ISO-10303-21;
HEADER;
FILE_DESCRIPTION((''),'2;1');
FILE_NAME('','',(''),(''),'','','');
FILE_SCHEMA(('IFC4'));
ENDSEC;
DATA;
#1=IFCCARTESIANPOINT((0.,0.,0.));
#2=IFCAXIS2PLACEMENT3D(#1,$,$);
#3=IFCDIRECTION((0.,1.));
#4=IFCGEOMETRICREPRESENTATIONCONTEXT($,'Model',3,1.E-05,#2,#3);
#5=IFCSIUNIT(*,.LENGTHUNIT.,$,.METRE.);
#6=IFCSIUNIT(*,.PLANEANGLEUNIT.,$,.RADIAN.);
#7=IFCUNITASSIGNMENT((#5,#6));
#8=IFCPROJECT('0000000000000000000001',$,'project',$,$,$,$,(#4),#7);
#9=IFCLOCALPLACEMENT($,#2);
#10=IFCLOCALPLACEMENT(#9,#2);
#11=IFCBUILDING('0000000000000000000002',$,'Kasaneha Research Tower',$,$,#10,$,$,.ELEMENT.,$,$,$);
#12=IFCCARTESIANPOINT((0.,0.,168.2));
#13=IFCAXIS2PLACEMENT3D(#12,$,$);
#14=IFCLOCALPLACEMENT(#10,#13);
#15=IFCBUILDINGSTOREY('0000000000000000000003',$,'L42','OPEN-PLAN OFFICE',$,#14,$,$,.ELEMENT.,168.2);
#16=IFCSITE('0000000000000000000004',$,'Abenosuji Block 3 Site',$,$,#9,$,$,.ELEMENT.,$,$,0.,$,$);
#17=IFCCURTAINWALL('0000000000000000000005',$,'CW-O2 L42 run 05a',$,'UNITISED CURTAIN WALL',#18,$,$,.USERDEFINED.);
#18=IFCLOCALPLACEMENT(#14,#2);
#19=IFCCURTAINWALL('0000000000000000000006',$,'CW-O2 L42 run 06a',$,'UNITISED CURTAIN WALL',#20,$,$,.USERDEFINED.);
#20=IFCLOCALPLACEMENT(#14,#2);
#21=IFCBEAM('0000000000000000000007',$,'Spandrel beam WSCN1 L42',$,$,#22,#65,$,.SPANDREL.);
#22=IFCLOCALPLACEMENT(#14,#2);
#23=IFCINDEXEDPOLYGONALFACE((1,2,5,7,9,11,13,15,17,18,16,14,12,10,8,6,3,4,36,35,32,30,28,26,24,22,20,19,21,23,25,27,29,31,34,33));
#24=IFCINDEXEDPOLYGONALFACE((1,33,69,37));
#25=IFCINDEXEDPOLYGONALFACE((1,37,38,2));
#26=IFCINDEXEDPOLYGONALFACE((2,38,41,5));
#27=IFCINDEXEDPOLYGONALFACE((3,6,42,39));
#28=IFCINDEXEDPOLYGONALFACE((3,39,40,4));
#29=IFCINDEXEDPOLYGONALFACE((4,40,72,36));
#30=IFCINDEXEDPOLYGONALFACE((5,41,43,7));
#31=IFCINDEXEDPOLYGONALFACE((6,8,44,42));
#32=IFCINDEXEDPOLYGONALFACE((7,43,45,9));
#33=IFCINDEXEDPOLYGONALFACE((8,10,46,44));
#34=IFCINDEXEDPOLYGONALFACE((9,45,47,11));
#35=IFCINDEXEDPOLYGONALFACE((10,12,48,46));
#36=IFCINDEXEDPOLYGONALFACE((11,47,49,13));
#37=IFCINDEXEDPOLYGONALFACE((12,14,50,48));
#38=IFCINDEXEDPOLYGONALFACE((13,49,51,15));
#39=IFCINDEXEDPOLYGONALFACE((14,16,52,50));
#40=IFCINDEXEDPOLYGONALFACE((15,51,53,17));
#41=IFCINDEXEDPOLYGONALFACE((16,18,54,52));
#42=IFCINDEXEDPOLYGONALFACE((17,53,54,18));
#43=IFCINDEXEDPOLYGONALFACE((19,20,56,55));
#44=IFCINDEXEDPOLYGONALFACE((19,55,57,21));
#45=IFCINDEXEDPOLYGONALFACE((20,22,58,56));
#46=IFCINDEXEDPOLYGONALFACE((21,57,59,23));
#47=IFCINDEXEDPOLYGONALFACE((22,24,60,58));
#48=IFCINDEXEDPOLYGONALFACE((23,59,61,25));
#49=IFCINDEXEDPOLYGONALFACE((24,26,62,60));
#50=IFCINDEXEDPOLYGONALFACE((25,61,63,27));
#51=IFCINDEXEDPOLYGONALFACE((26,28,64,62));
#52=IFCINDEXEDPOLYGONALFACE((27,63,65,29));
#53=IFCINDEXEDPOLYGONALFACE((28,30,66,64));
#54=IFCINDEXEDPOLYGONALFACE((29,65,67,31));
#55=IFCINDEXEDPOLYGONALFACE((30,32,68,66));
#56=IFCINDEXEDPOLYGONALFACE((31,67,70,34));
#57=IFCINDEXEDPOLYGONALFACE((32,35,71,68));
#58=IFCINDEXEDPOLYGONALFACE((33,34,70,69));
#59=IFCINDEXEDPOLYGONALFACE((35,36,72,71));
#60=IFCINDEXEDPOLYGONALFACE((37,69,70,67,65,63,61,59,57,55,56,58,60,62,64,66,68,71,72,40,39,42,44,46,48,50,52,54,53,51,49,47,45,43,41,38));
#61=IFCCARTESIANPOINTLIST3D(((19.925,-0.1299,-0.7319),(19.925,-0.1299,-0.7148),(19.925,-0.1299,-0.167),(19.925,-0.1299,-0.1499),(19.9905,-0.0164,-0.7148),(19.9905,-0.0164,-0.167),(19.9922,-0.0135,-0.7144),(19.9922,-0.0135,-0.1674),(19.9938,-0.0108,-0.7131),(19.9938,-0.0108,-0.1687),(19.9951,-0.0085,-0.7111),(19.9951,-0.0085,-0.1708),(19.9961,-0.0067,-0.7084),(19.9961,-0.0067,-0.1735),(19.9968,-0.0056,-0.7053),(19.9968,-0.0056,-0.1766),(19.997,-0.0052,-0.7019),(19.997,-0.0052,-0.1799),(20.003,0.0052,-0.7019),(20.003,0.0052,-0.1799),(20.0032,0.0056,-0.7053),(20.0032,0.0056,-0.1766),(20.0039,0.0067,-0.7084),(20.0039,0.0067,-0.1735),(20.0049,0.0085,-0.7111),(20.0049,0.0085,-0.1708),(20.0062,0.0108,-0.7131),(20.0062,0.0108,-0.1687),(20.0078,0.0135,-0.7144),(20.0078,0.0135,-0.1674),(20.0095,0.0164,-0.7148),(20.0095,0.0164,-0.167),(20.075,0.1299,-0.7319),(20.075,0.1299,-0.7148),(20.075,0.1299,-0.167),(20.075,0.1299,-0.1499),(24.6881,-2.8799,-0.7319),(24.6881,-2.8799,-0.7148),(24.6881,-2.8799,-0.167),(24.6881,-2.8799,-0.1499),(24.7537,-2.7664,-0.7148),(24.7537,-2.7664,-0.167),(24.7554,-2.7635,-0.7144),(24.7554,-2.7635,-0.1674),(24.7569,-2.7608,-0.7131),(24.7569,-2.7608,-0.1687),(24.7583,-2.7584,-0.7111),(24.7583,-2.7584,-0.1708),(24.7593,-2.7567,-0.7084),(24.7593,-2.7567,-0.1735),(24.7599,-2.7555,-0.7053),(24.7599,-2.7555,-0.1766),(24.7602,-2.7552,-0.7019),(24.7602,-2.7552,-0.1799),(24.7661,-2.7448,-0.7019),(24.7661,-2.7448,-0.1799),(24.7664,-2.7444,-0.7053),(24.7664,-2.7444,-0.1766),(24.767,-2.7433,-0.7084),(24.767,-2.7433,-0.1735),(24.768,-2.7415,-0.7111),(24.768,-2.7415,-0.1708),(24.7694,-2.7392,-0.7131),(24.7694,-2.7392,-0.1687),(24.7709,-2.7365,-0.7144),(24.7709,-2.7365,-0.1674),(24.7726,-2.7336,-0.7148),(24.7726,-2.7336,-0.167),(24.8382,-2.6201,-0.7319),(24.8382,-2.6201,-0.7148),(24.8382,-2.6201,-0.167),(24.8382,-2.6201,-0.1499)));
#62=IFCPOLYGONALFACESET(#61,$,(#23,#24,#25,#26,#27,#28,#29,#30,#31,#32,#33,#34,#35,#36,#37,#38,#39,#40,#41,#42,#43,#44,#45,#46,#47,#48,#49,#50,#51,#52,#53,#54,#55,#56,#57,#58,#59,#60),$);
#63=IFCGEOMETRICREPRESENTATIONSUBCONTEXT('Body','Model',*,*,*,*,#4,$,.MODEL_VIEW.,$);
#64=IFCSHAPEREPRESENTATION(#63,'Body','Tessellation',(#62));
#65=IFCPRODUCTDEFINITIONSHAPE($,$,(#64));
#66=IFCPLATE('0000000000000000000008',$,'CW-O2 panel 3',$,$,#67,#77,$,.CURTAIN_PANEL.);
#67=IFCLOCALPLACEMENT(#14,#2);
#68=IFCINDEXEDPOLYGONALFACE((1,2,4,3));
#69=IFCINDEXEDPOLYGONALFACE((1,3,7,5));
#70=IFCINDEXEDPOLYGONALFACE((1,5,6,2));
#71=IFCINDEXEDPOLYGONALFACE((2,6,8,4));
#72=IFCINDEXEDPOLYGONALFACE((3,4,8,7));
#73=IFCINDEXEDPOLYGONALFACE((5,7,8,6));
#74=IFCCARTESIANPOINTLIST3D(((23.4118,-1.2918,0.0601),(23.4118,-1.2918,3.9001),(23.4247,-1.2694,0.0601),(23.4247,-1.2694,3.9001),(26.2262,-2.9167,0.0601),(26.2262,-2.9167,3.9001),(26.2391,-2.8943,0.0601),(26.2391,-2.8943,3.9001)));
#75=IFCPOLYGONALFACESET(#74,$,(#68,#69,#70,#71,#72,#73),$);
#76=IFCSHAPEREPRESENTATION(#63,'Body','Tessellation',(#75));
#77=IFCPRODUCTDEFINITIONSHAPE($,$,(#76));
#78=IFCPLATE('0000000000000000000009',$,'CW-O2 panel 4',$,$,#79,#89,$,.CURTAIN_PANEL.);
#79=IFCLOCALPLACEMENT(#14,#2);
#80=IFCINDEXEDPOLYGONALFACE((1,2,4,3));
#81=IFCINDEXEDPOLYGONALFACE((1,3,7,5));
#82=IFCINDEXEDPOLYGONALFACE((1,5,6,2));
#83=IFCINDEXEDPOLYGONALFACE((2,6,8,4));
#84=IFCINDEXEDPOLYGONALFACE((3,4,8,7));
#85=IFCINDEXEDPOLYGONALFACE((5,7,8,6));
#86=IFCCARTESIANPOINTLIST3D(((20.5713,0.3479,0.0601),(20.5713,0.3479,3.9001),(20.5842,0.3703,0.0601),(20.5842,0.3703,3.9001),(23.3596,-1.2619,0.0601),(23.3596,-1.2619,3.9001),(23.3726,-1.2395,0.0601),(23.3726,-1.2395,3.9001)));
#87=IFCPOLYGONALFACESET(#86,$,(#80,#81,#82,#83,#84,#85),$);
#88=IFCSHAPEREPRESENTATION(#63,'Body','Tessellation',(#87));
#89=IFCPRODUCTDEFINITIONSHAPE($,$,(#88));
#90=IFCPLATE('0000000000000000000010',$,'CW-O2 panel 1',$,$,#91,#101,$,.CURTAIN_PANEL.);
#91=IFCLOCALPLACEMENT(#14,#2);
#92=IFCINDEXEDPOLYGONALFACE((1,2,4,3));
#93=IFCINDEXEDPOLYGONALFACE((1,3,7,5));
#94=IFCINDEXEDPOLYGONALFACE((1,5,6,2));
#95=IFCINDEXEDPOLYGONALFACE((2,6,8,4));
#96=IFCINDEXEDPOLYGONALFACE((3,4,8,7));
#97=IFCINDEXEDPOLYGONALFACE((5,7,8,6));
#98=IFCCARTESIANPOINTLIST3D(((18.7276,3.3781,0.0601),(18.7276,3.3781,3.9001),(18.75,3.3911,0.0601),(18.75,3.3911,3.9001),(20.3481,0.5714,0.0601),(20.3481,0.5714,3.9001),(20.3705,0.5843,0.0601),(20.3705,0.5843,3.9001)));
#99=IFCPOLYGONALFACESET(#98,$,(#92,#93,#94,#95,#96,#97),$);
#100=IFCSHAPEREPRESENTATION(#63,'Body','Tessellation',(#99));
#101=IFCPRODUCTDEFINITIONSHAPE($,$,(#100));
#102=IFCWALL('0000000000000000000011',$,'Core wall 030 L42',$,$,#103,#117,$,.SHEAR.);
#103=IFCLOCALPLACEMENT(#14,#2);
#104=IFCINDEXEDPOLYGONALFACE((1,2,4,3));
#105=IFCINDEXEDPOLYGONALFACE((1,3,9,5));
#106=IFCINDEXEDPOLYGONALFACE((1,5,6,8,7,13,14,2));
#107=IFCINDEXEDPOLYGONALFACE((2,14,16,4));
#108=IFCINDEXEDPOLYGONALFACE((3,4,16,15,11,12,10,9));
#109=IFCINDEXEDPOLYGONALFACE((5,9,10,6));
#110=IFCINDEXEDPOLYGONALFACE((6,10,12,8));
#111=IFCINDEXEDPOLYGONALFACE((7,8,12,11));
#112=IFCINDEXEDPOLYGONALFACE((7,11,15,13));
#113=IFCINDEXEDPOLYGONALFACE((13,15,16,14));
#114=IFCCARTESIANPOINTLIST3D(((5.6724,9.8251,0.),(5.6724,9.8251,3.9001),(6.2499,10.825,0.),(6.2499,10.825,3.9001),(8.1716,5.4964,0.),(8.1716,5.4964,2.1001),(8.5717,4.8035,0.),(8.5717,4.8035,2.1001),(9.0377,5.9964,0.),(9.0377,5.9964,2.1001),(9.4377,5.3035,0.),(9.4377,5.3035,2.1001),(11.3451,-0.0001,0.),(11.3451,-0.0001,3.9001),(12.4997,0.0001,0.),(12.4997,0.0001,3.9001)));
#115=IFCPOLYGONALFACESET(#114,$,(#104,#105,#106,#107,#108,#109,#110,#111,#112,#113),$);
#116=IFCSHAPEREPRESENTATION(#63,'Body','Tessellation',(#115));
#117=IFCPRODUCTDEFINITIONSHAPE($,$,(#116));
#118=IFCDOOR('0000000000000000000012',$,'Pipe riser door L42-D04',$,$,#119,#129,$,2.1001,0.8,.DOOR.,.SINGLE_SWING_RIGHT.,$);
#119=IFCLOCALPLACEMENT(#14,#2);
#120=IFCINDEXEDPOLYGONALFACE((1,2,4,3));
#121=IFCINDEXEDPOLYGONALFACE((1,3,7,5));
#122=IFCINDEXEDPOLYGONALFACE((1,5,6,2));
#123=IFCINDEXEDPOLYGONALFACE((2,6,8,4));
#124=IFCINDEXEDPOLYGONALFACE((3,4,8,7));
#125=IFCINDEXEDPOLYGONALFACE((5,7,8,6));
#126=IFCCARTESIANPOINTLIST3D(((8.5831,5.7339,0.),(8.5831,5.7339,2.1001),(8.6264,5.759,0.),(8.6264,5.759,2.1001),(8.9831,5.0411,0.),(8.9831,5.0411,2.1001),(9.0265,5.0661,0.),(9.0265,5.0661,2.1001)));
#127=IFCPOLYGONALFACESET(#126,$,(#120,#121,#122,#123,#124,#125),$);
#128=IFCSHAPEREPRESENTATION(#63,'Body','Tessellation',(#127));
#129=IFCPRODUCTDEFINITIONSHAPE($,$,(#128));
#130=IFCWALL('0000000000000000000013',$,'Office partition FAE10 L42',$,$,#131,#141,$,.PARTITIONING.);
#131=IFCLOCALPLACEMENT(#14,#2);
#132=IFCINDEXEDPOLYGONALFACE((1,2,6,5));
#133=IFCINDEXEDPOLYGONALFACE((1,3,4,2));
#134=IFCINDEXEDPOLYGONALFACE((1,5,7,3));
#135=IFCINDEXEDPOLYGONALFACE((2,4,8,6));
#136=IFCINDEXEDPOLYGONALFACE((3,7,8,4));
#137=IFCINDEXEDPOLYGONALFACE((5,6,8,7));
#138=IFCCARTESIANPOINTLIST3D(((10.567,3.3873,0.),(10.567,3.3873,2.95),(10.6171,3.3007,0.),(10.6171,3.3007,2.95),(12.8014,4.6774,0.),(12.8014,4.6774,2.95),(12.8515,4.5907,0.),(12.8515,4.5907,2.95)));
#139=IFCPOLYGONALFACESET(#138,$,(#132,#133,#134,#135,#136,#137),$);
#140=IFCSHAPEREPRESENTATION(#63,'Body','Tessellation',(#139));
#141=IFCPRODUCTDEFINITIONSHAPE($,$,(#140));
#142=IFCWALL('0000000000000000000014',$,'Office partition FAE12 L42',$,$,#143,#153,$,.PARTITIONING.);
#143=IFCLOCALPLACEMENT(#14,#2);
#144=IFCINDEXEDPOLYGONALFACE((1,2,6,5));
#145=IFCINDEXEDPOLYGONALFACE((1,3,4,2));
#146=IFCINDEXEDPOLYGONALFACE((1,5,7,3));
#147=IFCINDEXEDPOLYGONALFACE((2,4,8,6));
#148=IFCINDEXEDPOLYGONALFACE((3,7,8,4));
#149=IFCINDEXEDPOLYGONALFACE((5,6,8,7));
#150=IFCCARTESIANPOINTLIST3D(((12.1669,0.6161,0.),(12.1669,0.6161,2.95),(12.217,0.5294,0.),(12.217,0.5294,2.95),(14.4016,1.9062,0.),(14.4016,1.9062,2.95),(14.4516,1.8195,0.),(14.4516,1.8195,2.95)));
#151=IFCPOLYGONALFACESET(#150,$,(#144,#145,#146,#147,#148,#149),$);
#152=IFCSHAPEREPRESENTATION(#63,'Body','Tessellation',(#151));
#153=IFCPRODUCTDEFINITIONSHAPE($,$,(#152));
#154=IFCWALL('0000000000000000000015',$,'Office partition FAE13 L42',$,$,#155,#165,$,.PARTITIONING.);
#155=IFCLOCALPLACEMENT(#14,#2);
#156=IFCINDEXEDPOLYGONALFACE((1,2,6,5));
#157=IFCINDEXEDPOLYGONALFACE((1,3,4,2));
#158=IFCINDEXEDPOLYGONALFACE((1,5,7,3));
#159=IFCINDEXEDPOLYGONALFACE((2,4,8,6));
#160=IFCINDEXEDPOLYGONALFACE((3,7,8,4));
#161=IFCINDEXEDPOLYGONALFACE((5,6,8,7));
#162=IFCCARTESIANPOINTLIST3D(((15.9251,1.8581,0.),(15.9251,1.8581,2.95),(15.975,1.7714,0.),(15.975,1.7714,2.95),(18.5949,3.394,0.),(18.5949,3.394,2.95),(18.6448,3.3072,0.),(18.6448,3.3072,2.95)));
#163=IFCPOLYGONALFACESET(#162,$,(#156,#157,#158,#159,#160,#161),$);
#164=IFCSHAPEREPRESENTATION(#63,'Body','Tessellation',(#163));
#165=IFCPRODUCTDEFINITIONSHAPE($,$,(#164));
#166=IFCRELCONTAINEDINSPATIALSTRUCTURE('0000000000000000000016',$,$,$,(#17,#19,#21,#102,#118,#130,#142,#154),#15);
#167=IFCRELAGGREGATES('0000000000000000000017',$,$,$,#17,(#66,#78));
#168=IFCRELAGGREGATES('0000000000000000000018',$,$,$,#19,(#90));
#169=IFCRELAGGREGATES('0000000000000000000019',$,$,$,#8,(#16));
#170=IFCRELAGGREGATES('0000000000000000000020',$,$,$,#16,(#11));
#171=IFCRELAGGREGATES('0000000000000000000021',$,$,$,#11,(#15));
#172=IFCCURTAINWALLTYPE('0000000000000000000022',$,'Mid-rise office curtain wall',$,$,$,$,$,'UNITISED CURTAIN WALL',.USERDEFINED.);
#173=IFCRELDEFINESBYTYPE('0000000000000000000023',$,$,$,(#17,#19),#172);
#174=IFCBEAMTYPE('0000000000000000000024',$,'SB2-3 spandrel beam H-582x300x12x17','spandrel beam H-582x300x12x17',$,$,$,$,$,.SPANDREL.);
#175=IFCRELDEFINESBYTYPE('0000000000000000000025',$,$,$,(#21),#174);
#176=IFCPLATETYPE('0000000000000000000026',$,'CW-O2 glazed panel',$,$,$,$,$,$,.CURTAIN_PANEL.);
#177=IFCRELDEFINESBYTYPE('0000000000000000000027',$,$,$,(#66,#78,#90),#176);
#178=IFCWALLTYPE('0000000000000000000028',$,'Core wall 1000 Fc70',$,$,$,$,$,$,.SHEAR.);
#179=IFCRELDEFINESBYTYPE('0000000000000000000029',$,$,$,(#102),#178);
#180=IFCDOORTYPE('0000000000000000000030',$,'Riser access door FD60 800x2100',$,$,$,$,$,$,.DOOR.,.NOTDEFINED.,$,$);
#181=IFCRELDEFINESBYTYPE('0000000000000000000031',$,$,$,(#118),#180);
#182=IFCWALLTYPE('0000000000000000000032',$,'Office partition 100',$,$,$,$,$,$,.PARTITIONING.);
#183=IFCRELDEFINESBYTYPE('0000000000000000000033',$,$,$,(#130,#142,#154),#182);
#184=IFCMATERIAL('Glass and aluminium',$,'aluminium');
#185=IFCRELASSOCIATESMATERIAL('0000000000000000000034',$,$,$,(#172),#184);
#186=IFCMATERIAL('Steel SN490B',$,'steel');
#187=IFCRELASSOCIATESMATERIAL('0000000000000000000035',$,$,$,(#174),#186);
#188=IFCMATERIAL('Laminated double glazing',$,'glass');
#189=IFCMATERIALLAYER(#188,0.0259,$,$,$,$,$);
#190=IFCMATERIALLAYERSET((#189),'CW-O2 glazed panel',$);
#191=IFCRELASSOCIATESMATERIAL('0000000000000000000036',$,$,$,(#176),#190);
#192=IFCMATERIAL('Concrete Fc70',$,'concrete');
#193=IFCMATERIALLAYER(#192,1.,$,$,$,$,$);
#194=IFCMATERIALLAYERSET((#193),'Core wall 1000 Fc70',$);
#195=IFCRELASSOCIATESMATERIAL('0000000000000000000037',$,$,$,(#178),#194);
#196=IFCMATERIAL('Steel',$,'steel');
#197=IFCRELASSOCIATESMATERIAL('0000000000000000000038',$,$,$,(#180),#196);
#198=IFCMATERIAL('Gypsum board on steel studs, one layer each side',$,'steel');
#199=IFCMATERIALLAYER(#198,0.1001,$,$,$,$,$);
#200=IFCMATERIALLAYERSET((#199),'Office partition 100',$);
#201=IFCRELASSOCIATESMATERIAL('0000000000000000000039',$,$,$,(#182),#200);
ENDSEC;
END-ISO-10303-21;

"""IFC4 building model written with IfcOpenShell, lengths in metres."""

from ifc_helpers import new_model, si_unit, direction, frame, frame_2d, origin, origin_2d, place, context, subcontext, project, spatial, polyline, rectangle, i_section, outline, extrude, material, layer, layer_set, material_profile, profile_set, type_object, element, fill, aggregate, save


model = new_model("IFC4")

# Units and contexts
model_context = context("Model", 3, precision=1e-05, world=origin(), true_north=direction((0.0, 1.0)))
body_context = subcontext(model_context, "Body", "Model", "MODEL_VIEW")
ifc_project = project(units=[si_unit("LENGTHUNIT", "METRE"), si_unit("PLANEANGLEUNIT", "RADIAN")], contexts=[model_context])

# Site, building, storey
site_placement = place(None, origin())
site = spatial("IfcSite", under=ifc_project, at=site_placement, Name="Abenosuji Block 3 Site", CompositionType="ELEMENT", RefElevation=0.0)
building_placement = place(site_placement, origin())
building = spatial("IfcBuilding", under=site, at=building_placement, Name="Kasaneha Research Tower", CompositionType="ELEMENT")
storey_placement = place(building_placement, frame((0.0, 0.0, 168.2)))
storey = spatial("IfcBuildingStorey", under=building, at=storey_placement, Name="L42", Description="OPEN-PLAN OFFICE", CompositionType="ELEMENT", Elevation=168.2)

# Curtain walls
ifc_material_1 = material(Name="Glass and aluminium", Category="aluminium")
curtain_wall_type = type_object("IfcCurtainWallType", Name="Mid-rise office curtain wall", ElementType="UNITISED CURTAIN WALL", PredefinedType="USERDEFINED", material=ifc_material_1)
curtain_wall_1_placement = place(storey_placement, origin())
curtain_wall_1 = element("IfcCurtainWall", 1, at=curtain_wall_1_placement, inside=storey, type_object=curtain_wall_type, Name="CW-O2 L42 run 05a", ObjectType="UNITISED CURTAIN WALL", PredefinedType="USERDEFINED")
curtain_wall_2_placement = place(storey_placement, origin())
curtain_wall_2 = element("IfcCurtainWall", 2, at=curtain_wall_2_placement, inside=storey, type_object=curtain_wall_type, Name="CW-O2 L42 run 06a", ObjectType="UNITISED CURTAIN WALL", PredefinedType="USERDEFINED")

# Beam
ifc_material_2 = material(Name="Steel SN490B", Category="steel")
ifc_material_profile_1 = material_profile(ifc_material_2, i_section(OverallWidth=0.3, OverallDepth=0.582, WebThickness=0.012, FlangeThickness=0.0171, FilletRadius=0.0129, at=origin_2d()), Name="H-582x300x12x17")
ifc_profile_set_1 = profile_set([ifc_material_profile_1], Name="Steel SN490B")
beam_type_1 = type_object("IfcBeamType", Name="SB2-3 spandrel beam H-582x300x12x17", Description="spandrel beam H-582x300x12x17", PredefinedType="SPANDREL", material=ifc_profile_set_1)
beam_1_placement = place(storey_placement, frame((20.0, 0.0, -0.4409), z_axis=(0.866027, -0.499997, 0.0), x_axis=(0.499997, 0.866027, 0.0)))
element("IfcBeam", 3, at=beam_1_placement, inside=storey, type_object=beam_type_1, Name="Spandrel beam WSCN1 L42", PredefinedType="SPANDREL", context=body_context, shape_type="SweptSolid", body=[
    extrude(i_section(OverallWidth=0.3, OverallDepth=0.582, WebThickness=0.012, FlangeThickness=0.0171, FilletRadius=0.0129, at=origin_2d()), origin(), (0.0, 0.0, 1.0), 5.5),
])

# Plates
ifc_material_3 = material(Name="Laminated double glazing", Category="glass")
ifc_layer_1 = layer(ifc_material_3, 0.0259)
ifc_layer_set_1 = layer_set([ifc_layer_1], Name="CW-O2 glazed panel")
plate_type = type_object("IfcPlateType", Name="CW-O2 glazed panel", PredefinedType="CURTAIN_PANEL", material=ifc_layer_set_1)
plate_1_placement = place(storey_placement, frame((24.8254, -2.093, 0.0601), z_axis=(0.0, 0.0, 1.0), x_axis=(-0.866025, 0.5, 0.0)))
plate_1 = element("IfcPlate", 4, at=plate_1_placement, type_object=plate_type, Name="CW-O2 panel 3", PredefinedType="CURTAIN_PANEL", context=body_context, shape_type="SweptSolid", body=[
    extrude(rectangle(XDim=3.2498, YDim=0.0259, at=origin_2d()), origin(), (0.0, 0.0, 1.0), 3.8401),
])
plate_2_placement = place(storey_placement, frame((21.9719, -0.4458, 0.0601), z_axis=(0.0, 0.0, 1.0), x_axis=(-0.866025, 0.5, 0.0)))
plate_2 = element("IfcPlate", 5, at=plate_2_placement, type_object=plate_type, Name="CW-O2 panel 4", PredefinedType="CURTAIN_PANEL", context=body_context, shape_type="SweptSolid", body=[
    extrude(rectangle(XDim=3.2197, YDim=0.0259, at=origin_2d()), origin(), (0.0, 0.0, 1.0), 3.8401),
])
aggregate(curtain_wall_1, [plate_1, plate_2])
plate_3_placement = place(storey_placement, frame((19.5491, 1.9812, 0.0601), z_axis=(0.0, 0.0, 1.0), x_axis=(-0.5, 0.866025, 0.0)))
plate_3 = element("IfcPlate", 6, at=plate_3_placement, type_object=plate_type, Name="CW-O2 panel 1", PredefinedType="CURTAIN_PANEL", context=body_context, shape_type="SweptSolid", body=[
    extrude(rectangle(XDim=3.241, YDim=0.0259, at=origin_2d()), origin(), (0.0, 0.0, 1.0), 3.8401),
])
aggregate(curtain_wall_2, [plate_3])

# Wall, opening, door
ifc_material_4 = material(Name="Concrete Fc70", Category="concrete")
ifc_layer_2 = layer(ifc_material_4, 1.0)
ifc_layer_set_2 = layer_set([ifc_layer_2], Name="Core wall 1000 Fc70")
wall_type_1 = type_object("IfcWallType", Name="Core wall 1000 Fc70", PredefinedType="SHEAR", material=ifc_layer_set_2)
wall_1_placement = place(storey_placement, frame((11.9224, 0.0, 0.0), z_axis=(0.0, 0.0, 1.0), x_axis=(-0.500004, 0.866023, 0.0)))
wall_1 = element("IfcWall", 7, at=wall_1_placement, inside=storey, type_object=wall_type_1, Name="Core wall 030 L42", PredefinedType="SHEAR", context=body_context, shape_type="SweptSolid", body=[
    extrude(outline(polyline([(-0.2886, -0.5), (5.8354, -0.5), (6.6355, -0.5), (12.2109, -0.5), (11.6338, 0.5), (6.6355, 0.5), (5.8354, 0.5), (0.2886, 0.5), (-0.2886, -0.5)])), origin(), (0.0, 0.0, 1.0), 3.9001),
])
opening_1_placement = place(wall_1_placement, frame((5.8354, 0.0, 0.0)))
opening_1 = element("IfcOpeningElement", 8, at=opening_1_placement, cuts=wall_1, PredefinedType="OPENING", context=body_context, shape_type="SweptSolid", body=[
    extrude(rectangle(XDim=0.8, YDim=2.1001, at=frame_2d((0.3999, 1.05))), frame((0.0, 0.51, 0.0), z_axis=(0.0, -1.0, 0.0), x_axis=(1.0, 0.0, 0.0)), (0.0, 0.0, 1.0), 1.02),
])
ifc_material_5 = material(Name="Steel", Category="steel")
door_type_1 = type_object("IfcDoorType", Name="Riser access door FD60 800x2100", OperationType="NOTDEFINED", PredefinedType="DOOR", material=ifc_material_5)
door_1_placement = place(opening_1_placement, origin())
door_1 = element("IfcDoor", 9, at=door_1_placement, inside=storey, type_object=door_type_1, Name="Pipe riser door L42-D04", OperationType="SINGLE_SWING_RIGHT", OverallHeight=2.1001, OverallWidth=0.8, PredefinedType="DOOR", context=body_context, shape_type="SweptSolid", body=[
    extrude(rectangle(XDim=0.8, YDim=2.1001, at=frame_2d((0.3999, 1.05))), frame((0.0, 0.0249, 0.0), z_axis=(0.0, -1.0, 0.0), x_axis=(1.0, 0.0, 0.0)), (0.0, 0.0, 1.0), 0.05),
])
fill(opening_1, door_1)

# Walls
ifc_material_6 = material(Name="Gypsum board on steel studs, one layer each side", Category="steel")
ifc_layer_3 = layer(ifc_material_6, 0.1001)
ifc_layer_set_3 = layer_set([ifc_layer_3], Name="Office partition 100")
wall_type_2 = type_object("IfcWallType", Name="Office partition 100", PredefinedType="PARTITIONING", material=ifc_layer_set_3)
wall_2_placement = place(storey_placement, frame((10.592, 3.344, 0.0), z_axis=(0.0, 0.0, 1.0), x_axis=(0.866022, 0.500006, 0.0)))
element("IfcWall", 10, at=wall_2_placement, inside=storey, type_object=wall_type_2, Name="Office partition FAE10 L42", PredefinedType="PARTITIONING", context=body_context, shape_type="SweptSolid", body=[
    extrude(rectangle(XDim=2.5801, YDim=0.1001, at=frame_2d((1.29, 0.0))), origin(), (0.0, 0.0, 1.0), 2.95),
])
wall_3_placement = place(storey_placement, frame((14.4265, 1.8628, 0.0), z_axis=(0.0, 0.0, 1.0), x_axis=(-0.866045, -0.499965, 0.0)))
element("IfcWall", 11, at=wall_3_placement, inside=storey, type_object=wall_type_2, Name="Office partition FAE12 L42", PredefinedType="PARTITIONING", context=body_context, shape_type="SweptSolid", body=[
    extrude(rectangle(XDim=2.5803, YDim=0.1001, at=frame_2d((1.29, 0.0))), origin(), (0.0, 0.0, 1.0), 2.95),
])
wall_4_placement = place(storey_placement, frame((18.6199, 3.3506, 0.0), z_axis=(0.0, 0.0, 1.0), x_axis=(-0.86681, -0.498638, 0.0)))
element("IfcWall", 12, at=wall_4_placement, inside=storey, type_object=wall_type_2, Name="Office partition FAE13 L42", PredefinedType="PARTITIONING", context=body_context, shape_type="SweptSolid", body=[
    extrude(rectangle(XDim=3.0801, YDim=0.1001, at=frame_2d((1.54, 0.0))), origin(), (0.0, 0.0, 1.0), 2.95),
])

save(model, "model.ifc")
